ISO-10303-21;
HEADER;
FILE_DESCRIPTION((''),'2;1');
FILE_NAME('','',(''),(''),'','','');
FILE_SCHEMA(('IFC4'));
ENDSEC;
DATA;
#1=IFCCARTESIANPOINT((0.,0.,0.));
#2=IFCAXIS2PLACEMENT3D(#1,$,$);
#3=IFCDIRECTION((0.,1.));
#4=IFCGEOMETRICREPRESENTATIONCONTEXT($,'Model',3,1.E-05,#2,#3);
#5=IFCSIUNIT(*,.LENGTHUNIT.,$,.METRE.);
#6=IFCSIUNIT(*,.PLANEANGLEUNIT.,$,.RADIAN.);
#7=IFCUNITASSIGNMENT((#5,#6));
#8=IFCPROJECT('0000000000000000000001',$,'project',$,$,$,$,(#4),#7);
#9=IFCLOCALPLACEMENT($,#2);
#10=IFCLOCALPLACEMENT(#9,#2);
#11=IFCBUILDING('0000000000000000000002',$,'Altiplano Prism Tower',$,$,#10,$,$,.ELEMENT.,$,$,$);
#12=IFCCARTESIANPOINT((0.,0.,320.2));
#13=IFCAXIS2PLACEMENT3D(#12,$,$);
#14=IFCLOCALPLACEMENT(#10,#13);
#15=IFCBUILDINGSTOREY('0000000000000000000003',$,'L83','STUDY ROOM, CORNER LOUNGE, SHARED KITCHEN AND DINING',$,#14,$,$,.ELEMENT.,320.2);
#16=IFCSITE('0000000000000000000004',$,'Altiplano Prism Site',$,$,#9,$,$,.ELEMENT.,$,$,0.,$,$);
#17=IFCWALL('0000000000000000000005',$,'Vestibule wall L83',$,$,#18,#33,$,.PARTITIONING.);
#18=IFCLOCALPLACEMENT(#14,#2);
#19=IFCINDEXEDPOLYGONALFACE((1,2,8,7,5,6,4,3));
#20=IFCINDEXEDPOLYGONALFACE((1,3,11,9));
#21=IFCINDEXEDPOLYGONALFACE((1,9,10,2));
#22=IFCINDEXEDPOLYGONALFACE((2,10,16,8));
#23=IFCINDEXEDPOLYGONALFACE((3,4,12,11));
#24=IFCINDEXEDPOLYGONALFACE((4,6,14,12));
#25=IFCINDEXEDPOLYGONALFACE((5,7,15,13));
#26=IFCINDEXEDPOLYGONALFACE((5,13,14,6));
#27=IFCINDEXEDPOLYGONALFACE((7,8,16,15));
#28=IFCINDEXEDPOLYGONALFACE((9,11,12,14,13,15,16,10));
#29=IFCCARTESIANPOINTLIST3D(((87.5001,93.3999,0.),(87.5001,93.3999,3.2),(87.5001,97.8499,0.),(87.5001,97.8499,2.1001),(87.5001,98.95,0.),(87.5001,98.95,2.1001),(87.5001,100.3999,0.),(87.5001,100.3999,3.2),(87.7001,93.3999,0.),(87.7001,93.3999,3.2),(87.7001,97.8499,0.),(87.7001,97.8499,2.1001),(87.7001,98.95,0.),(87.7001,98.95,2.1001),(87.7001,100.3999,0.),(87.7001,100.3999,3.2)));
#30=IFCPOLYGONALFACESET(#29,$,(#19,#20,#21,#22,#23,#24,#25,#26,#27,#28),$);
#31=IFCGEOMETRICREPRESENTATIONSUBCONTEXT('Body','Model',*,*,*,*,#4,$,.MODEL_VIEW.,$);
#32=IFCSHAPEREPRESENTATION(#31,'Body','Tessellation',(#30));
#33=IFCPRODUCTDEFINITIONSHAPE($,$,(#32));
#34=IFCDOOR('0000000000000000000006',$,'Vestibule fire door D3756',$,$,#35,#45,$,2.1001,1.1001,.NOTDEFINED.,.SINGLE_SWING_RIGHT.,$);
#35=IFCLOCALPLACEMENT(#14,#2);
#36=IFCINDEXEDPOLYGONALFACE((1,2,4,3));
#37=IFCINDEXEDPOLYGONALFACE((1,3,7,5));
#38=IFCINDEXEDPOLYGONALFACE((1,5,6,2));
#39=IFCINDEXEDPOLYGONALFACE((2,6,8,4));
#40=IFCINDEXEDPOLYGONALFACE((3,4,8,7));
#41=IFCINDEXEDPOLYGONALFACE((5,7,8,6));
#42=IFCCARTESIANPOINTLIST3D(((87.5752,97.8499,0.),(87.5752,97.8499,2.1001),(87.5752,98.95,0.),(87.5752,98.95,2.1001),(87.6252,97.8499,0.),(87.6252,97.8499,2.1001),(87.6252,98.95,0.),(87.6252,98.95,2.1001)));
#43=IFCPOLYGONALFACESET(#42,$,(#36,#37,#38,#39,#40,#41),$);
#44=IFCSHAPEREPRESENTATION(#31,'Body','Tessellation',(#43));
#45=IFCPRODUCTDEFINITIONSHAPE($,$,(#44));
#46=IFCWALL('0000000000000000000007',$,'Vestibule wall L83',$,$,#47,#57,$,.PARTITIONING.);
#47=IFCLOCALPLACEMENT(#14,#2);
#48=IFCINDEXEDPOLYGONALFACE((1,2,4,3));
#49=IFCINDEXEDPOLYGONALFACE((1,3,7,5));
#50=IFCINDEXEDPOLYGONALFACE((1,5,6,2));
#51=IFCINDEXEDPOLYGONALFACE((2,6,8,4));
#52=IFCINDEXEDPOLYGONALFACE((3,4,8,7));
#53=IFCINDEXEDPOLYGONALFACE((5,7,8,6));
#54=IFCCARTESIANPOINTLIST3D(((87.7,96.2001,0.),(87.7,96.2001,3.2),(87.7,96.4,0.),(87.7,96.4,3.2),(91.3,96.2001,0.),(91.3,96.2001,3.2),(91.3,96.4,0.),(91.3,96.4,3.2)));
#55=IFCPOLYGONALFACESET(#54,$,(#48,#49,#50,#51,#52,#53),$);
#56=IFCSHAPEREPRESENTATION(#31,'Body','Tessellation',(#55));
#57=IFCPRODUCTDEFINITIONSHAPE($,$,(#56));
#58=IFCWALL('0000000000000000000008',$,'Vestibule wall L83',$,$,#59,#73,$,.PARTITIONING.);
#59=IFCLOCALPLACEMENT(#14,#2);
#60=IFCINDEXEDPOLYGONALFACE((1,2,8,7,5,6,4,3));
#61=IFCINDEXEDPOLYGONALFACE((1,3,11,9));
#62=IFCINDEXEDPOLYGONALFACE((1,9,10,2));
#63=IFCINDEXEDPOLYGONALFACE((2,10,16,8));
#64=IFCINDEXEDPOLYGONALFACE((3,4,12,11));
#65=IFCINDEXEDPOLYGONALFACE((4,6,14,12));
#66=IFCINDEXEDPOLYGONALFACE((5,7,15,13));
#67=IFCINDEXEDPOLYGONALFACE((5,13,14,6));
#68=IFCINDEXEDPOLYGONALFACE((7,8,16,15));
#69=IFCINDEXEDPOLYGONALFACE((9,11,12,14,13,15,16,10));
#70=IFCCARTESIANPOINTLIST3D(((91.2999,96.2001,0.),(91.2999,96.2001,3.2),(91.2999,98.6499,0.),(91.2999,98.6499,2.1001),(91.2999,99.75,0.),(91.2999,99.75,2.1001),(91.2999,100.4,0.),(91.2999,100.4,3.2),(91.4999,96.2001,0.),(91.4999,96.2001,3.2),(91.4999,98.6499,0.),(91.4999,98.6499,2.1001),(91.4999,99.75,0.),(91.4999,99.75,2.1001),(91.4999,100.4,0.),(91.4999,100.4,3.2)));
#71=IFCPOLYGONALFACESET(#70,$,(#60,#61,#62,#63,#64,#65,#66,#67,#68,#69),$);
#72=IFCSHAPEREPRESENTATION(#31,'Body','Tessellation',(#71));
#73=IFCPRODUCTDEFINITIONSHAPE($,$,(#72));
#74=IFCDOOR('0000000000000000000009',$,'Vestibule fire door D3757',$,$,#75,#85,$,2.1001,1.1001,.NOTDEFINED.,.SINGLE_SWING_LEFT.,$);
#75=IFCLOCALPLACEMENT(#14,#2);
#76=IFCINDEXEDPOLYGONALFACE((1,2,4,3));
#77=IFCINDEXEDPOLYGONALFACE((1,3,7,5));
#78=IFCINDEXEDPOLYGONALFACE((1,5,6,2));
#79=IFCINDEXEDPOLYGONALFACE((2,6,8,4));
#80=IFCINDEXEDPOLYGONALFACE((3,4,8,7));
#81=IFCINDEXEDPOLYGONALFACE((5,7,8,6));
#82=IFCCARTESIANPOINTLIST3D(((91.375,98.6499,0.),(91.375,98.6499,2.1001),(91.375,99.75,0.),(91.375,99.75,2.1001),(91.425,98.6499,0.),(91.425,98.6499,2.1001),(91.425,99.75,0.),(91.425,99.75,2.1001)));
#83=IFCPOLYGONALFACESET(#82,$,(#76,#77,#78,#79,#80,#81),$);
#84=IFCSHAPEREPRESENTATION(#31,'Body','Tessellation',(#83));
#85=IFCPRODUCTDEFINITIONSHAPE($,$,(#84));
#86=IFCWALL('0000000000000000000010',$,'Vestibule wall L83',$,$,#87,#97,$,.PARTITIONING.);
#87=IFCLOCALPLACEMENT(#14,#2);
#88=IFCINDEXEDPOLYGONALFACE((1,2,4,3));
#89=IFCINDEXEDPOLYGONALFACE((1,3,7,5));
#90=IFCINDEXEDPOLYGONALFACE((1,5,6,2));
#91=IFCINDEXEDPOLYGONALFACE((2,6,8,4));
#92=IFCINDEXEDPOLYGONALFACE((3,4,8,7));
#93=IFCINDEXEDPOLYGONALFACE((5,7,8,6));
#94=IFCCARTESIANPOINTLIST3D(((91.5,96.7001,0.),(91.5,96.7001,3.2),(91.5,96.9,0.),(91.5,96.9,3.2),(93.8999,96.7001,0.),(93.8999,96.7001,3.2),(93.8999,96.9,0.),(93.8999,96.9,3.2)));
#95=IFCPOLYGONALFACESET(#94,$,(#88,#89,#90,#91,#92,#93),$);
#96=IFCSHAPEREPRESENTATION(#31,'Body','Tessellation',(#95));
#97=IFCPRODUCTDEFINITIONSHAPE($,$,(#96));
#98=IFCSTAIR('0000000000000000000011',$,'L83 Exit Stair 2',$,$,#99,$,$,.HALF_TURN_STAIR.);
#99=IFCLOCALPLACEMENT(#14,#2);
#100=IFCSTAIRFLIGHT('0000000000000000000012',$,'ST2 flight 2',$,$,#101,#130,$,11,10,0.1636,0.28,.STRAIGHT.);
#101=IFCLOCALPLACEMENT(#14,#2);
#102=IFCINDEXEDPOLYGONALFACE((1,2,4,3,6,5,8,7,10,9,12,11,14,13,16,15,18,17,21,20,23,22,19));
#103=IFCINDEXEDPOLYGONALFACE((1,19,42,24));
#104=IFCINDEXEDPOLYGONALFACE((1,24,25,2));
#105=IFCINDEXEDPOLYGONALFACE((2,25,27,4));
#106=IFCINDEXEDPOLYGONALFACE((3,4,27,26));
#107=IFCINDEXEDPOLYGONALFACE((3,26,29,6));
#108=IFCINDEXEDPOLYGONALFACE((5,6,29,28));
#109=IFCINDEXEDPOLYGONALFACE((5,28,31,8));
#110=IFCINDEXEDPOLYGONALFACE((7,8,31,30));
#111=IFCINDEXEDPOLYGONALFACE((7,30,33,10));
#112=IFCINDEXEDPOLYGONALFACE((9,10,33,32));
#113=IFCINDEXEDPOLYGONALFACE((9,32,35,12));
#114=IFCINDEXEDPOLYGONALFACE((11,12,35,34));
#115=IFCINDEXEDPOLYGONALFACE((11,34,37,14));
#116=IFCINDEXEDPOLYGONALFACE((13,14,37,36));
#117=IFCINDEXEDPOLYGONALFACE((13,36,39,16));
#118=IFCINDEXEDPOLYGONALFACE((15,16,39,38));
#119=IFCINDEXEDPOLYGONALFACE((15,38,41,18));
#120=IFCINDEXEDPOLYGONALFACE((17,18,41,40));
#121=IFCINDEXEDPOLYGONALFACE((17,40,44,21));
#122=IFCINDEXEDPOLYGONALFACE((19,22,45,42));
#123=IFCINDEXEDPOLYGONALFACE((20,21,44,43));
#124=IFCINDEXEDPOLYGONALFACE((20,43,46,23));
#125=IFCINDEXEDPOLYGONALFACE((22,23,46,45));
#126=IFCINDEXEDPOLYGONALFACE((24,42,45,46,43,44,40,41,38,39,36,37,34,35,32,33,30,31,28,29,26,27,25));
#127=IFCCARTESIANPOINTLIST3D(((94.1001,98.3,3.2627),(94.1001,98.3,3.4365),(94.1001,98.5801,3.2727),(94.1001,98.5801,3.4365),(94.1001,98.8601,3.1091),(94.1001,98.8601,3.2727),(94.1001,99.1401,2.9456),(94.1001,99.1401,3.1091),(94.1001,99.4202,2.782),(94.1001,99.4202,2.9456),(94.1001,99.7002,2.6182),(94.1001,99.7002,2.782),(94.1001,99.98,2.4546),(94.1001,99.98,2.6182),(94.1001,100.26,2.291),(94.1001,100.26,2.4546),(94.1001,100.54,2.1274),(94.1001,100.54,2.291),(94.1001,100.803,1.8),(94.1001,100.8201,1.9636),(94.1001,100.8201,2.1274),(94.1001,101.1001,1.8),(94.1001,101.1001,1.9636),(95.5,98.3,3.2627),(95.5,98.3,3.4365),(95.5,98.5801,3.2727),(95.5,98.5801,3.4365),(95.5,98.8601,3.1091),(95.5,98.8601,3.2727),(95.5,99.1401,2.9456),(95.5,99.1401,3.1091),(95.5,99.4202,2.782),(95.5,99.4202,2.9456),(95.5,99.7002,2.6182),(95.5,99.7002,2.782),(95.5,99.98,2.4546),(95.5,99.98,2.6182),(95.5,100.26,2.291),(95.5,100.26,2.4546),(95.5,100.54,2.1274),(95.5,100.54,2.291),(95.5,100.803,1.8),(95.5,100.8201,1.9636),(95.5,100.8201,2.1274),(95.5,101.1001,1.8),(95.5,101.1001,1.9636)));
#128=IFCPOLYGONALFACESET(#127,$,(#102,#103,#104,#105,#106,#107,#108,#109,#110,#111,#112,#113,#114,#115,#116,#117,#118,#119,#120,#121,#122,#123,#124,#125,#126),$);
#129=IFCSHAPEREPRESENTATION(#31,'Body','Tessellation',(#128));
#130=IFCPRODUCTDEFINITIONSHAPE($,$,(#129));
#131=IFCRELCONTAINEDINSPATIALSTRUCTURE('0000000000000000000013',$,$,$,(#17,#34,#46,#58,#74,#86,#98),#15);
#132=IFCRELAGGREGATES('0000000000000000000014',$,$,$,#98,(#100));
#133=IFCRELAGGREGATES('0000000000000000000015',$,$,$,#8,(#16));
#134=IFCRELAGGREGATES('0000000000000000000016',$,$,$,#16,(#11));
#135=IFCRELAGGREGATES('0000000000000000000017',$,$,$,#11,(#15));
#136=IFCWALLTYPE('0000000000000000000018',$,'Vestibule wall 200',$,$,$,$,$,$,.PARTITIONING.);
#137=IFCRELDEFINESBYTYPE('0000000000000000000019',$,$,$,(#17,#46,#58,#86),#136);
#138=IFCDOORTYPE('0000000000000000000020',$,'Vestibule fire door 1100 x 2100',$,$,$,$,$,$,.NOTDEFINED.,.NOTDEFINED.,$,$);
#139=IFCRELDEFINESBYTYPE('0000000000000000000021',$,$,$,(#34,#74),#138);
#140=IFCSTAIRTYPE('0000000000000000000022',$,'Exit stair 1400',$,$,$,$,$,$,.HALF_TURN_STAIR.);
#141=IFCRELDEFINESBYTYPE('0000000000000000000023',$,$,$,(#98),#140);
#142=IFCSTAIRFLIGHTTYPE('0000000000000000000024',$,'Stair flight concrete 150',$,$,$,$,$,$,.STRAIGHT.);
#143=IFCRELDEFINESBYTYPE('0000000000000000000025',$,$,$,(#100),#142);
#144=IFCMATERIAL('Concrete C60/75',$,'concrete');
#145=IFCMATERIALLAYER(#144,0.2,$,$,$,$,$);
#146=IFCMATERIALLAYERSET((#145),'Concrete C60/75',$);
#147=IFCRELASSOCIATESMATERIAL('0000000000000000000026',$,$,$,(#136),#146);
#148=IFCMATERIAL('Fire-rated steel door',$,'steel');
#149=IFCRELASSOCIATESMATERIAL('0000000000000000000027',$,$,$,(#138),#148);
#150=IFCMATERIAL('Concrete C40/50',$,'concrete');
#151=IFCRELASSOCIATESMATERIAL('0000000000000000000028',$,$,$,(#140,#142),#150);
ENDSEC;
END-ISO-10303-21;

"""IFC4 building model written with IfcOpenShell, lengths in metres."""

from ifc_helpers import new_model, si_unit, direction, frame, frame_2d, origin, place, context, subcontext, project, spatial, polyline, rectangle, outline, extrude, material, layer, layer_set, type_object, element, fill, aggregate, save


model = new_model("IFC4")

# Units and contexts
model_context = context("Model", 3, precision=1e-05, world=origin(), true_north=direction((0.0, 1.0)))
body_context = subcontext(model_context, "Body", "Model", "MODEL_VIEW")
ifc_project = project(units=[si_unit("LENGTHUNIT", "METRE"), si_unit("PLANEANGLEUNIT", "RADIAN")], contexts=[model_context])

# Site, building, storey
site_placement = place(None, origin())
site = spatial("IfcSite", under=ifc_project, at=site_placement, Name="Altiplano Prism Site", CompositionType="ELEMENT", RefElevation=0.0)
building_placement = place(site_placement, origin())
building = spatial("IfcBuilding", under=site, at=building_placement, Name="Altiplano Prism Tower", CompositionType="ELEMENT")
storey_placement = place(building_placement, frame((0.0, 0.0, 320.2)))
storey = spatial("IfcBuildingStorey", under=building, at=storey_placement, Name="L83", Description="STUDY ROOM, CORNER LOUNGE, SHARED KITCHEN AND DINING", CompositionType="ELEMENT", Elevation=320.2)

# Shared definitions
ifc_material_1 = material(Name="Concrete C60/75", Category="concrete")

# Shared definitions
ifc_material_2 = material(Name="Fire-rated steel door", Category="steel")

# Shared definitions
ifc_layer_1 = layer(ifc_material_1, 0.2)
ifc_layer_set_1 = layer_set([ifc_layer_1], Name="Concrete C60/75")
wall_type_1 = type_object("IfcWallType", Name="Vestibule wall 200", PredefinedType="PARTITIONING", material=ifc_layer_set_1)

# Wall, opening, door
wall_1_placement = place(storey_placement, frame((87.6001, 93.3999, 0.0), z_axis=(0.0, 0.0, 1.0), x_axis=(0.0, 1.0, 0.0)))
wall_1 = element("IfcWall", 1, at=wall_1_placement, inside=storey, type_object=wall_type_1, Name="Vestibule wall L83", PredefinedType="PARTITIONING", context=body_context, shape_type="SweptSolid", body=[
    extrude(rectangle(XDim=7.0, YDim=0.2, at=frame_2d((3.5, 0.0))), origin(), (0.0, 0.0, 1.0), 3.2),
])
opening_1_placement = place(wall_1_placement, frame((4.45, 0.0, 0.0)))
opening_1 = element("IfcOpeningElement", 2, at=opening_1_placement, cuts=wall_1, PredefinedType="OPENING", context=body_context, shape_type="SweptSolid", body=[
    extrude(rectangle(XDim=1.1001, YDim=2.1001, at=frame_2d((0.55, 1.05))), frame((0.0, 0.1104, 0.0), z_axis=(0.0, -1.0, 0.0), x_axis=(1.0, 0.0, 0.0)), (0.0, 0.0, 1.0), 0.2209),
])
door_type_1 = type_object("IfcDoorType", Name="Vestibule fire door 1100 x 2100", OperationType="NOTDEFINED", PredefinedType="NOTDEFINED", material=ifc_material_2)
door_1_placement = place(opening_1_placement, origin())
door_1 = element("IfcDoor", 3, at=door_1_placement, inside=storey, type_object=door_type_1, Name="Vestibule fire door D3756", OperationType="SINGLE_SWING_RIGHT", OverallHeight=2.1001, OverallWidth=1.1001, PredefinedType="NOTDEFINED", context=body_context, shape_type="SweptSolid", body=[
    extrude(rectangle(XDim=1.1001, YDim=2.1001, at=frame_2d((0.55, 1.05))), frame((0.0, 0.0249, 0.0), z_axis=(0.0, -1.0, 0.0), x_axis=(1.0, 0.0, 0.0)), (0.0, 0.0, 1.0), 0.05),
])
fill(opening_1, door_1)

# Wall
wall_2_placement = place(storey_placement, frame((87.7, 96.3, 0.0), z_axis=(0.0, 0.0, 1.0), x_axis=(1.0, 0.0, 0.0)))
element("IfcWall", 4, at=wall_2_placement, inside=storey, type_object=wall_type_1, Name="Vestibule wall L83", PredefinedType="PARTITIONING", context=body_context, shape_type="SweptSolid", body=[
    extrude(rectangle(XDim=3.6001, YDim=0.2, at=frame_2d((1.8, 0.0))), origin(), (0.0, 0.0, 1.0), 3.2),
])

# Wall, opening, door
wall_3_placement = place(storey_placement, frame((91.3999, 96.2, 0.0), z_axis=(0.0, 0.0, 1.0), x_axis=(0.0, 1.0, 0.0)))
wall_3 = element("IfcWall", 5, at=wall_3_placement, inside=storey, type_object=wall_type_1, Name="Vestibule wall L83", PredefinedType="PARTITIONING", context=body_context, shape_type="SweptSolid", body=[
    extrude(rectangle(XDim=4.2, YDim=0.2, at=frame_2d((2.1001, 0.0))), origin(), (0.0, 0.0, 1.0), 3.2),
])
opening_2_placement = place(wall_3_placement, frame((2.45, 0.0, 0.0)))
opening_2 = element("IfcOpeningElement", 6, at=opening_2_placement, cuts=wall_3, PredefinedType="OPENING", context=body_context, shape_type="SweptSolid", body=[
    extrude(rectangle(XDim=1.1001, YDim=2.1001, at=frame_2d((0.55, 1.05))), frame((0.0, 0.1104, 0.0), z_axis=(0.0, -1.0, 0.0), x_axis=(1.0, 0.0, 0.0)), (0.0, 0.0, 1.0), 0.2209),
])
door_2_placement = place(opening_2_placement, origin())
door_2 = element("IfcDoor", 7, at=door_2_placement, inside=storey, type_object=door_type_1, Name="Vestibule fire door D3757", OperationType="SINGLE_SWING_LEFT", OverallHeight=2.1001, OverallWidth=1.1001, PredefinedType="NOTDEFINED", context=body_context, shape_type="SweptSolid", body=[
    extrude(rectangle(XDim=1.1001, YDim=2.1001, at=frame_2d((0.55, 1.05))), frame((0.0, 0.0249, 0.0), z_axis=(0.0, -1.0, 0.0), x_axis=(1.0, 0.0, 0.0)), (0.0, 0.0, 1.0), 0.05),
])
fill(opening_2, door_2)

# Wall
wall_4_placement = place(storey_placement, frame((91.5, 96.8, 0.0), z_axis=(0.0, 0.0, 1.0), x_axis=(1.0, 0.0, 0.0)))
element("IfcWall", 8, at=wall_4_placement, inside=storey, type_object=wall_type_1, Name="Vestibule wall L83", PredefinedType="PARTITIONING", context=body_context, shape_type="SweptSolid", body=[
    extrude(rectangle(XDim=2.3999, YDim=0.2, at=frame_2d((1.2, 0.0))), origin(), (0.0, 0.0, 1.0), 3.2),
])

# Stair, stair flight
ifc_material_3 = material(Name="Concrete C40/50", Category="concrete")
stair_type = type_object("IfcStairType", Name="Exit stair 1400", PredefinedType="HALF_TURN_STAIR", material=ifc_material_3)
stair_placement = place(storey_placement, origin())
stair = element("IfcStair", 9, at=stair_placement, inside=storey, type_object=stair_type, Name="L83 Exit Stair 2", PredefinedType="HALF_TURN_STAIR")
stair_flight_type = type_object("IfcStairFlightType", Name="Stair flight concrete 150", PredefinedType="STRAIGHT", material=ifc_material_3)
stair_flight_placement = place(storey_placement, frame((94.8, 101.1001, 1.8), z_axis=(0.0, 0.0, 1.0), x_axis=(0.0, -1.0, 0.0)))
stair_flight = element("IfcStairFlight", 10, at=stair_flight_placement, type_object=stair_flight_type, Name="ST2 flight 2", NumberOfRisers=11, NumberOfTreads=10, PredefinedType="STRAIGHT", RiserHeight=0.1636, TreadLength=0.28, context=body_context, shape_type="SweptSolid", body=[
    extrude(outline(polyline([(0.0, 0.0), (0.0, 0.1636), (0.28, 0.1636), (0.28, 0.3274), (0.5601, 0.3274), (0.5601, 0.491), (0.8401, 0.491), (0.8401, 0.6545), (1.1201, 0.6545), (1.1201, 0.8181), (1.3999, 0.8181), (1.3999, 0.9819), (1.6799, 0.9819), (1.6799, 1.1455), (1.96, 1.1455), (1.96, 1.3091), (2.24, 1.3091), (2.24, 1.4727), (2.52, 1.4727), (2.52, 1.6365), (2.8, 1.6365), (2.8, 1.8), (2.8, 1.4626), (0.2971, 0.0), (0.0, 0.0)])), frame((0.0, 0.7, 0.0), z_axis=(0.0, -1.0, 0.0), x_axis=(1.0, 0.0, 0.0)), (0.0, 0.0, 1.0), 1.3999),
])
aggregate(stair, [stair_flight])

save(model, "model.ifc")
